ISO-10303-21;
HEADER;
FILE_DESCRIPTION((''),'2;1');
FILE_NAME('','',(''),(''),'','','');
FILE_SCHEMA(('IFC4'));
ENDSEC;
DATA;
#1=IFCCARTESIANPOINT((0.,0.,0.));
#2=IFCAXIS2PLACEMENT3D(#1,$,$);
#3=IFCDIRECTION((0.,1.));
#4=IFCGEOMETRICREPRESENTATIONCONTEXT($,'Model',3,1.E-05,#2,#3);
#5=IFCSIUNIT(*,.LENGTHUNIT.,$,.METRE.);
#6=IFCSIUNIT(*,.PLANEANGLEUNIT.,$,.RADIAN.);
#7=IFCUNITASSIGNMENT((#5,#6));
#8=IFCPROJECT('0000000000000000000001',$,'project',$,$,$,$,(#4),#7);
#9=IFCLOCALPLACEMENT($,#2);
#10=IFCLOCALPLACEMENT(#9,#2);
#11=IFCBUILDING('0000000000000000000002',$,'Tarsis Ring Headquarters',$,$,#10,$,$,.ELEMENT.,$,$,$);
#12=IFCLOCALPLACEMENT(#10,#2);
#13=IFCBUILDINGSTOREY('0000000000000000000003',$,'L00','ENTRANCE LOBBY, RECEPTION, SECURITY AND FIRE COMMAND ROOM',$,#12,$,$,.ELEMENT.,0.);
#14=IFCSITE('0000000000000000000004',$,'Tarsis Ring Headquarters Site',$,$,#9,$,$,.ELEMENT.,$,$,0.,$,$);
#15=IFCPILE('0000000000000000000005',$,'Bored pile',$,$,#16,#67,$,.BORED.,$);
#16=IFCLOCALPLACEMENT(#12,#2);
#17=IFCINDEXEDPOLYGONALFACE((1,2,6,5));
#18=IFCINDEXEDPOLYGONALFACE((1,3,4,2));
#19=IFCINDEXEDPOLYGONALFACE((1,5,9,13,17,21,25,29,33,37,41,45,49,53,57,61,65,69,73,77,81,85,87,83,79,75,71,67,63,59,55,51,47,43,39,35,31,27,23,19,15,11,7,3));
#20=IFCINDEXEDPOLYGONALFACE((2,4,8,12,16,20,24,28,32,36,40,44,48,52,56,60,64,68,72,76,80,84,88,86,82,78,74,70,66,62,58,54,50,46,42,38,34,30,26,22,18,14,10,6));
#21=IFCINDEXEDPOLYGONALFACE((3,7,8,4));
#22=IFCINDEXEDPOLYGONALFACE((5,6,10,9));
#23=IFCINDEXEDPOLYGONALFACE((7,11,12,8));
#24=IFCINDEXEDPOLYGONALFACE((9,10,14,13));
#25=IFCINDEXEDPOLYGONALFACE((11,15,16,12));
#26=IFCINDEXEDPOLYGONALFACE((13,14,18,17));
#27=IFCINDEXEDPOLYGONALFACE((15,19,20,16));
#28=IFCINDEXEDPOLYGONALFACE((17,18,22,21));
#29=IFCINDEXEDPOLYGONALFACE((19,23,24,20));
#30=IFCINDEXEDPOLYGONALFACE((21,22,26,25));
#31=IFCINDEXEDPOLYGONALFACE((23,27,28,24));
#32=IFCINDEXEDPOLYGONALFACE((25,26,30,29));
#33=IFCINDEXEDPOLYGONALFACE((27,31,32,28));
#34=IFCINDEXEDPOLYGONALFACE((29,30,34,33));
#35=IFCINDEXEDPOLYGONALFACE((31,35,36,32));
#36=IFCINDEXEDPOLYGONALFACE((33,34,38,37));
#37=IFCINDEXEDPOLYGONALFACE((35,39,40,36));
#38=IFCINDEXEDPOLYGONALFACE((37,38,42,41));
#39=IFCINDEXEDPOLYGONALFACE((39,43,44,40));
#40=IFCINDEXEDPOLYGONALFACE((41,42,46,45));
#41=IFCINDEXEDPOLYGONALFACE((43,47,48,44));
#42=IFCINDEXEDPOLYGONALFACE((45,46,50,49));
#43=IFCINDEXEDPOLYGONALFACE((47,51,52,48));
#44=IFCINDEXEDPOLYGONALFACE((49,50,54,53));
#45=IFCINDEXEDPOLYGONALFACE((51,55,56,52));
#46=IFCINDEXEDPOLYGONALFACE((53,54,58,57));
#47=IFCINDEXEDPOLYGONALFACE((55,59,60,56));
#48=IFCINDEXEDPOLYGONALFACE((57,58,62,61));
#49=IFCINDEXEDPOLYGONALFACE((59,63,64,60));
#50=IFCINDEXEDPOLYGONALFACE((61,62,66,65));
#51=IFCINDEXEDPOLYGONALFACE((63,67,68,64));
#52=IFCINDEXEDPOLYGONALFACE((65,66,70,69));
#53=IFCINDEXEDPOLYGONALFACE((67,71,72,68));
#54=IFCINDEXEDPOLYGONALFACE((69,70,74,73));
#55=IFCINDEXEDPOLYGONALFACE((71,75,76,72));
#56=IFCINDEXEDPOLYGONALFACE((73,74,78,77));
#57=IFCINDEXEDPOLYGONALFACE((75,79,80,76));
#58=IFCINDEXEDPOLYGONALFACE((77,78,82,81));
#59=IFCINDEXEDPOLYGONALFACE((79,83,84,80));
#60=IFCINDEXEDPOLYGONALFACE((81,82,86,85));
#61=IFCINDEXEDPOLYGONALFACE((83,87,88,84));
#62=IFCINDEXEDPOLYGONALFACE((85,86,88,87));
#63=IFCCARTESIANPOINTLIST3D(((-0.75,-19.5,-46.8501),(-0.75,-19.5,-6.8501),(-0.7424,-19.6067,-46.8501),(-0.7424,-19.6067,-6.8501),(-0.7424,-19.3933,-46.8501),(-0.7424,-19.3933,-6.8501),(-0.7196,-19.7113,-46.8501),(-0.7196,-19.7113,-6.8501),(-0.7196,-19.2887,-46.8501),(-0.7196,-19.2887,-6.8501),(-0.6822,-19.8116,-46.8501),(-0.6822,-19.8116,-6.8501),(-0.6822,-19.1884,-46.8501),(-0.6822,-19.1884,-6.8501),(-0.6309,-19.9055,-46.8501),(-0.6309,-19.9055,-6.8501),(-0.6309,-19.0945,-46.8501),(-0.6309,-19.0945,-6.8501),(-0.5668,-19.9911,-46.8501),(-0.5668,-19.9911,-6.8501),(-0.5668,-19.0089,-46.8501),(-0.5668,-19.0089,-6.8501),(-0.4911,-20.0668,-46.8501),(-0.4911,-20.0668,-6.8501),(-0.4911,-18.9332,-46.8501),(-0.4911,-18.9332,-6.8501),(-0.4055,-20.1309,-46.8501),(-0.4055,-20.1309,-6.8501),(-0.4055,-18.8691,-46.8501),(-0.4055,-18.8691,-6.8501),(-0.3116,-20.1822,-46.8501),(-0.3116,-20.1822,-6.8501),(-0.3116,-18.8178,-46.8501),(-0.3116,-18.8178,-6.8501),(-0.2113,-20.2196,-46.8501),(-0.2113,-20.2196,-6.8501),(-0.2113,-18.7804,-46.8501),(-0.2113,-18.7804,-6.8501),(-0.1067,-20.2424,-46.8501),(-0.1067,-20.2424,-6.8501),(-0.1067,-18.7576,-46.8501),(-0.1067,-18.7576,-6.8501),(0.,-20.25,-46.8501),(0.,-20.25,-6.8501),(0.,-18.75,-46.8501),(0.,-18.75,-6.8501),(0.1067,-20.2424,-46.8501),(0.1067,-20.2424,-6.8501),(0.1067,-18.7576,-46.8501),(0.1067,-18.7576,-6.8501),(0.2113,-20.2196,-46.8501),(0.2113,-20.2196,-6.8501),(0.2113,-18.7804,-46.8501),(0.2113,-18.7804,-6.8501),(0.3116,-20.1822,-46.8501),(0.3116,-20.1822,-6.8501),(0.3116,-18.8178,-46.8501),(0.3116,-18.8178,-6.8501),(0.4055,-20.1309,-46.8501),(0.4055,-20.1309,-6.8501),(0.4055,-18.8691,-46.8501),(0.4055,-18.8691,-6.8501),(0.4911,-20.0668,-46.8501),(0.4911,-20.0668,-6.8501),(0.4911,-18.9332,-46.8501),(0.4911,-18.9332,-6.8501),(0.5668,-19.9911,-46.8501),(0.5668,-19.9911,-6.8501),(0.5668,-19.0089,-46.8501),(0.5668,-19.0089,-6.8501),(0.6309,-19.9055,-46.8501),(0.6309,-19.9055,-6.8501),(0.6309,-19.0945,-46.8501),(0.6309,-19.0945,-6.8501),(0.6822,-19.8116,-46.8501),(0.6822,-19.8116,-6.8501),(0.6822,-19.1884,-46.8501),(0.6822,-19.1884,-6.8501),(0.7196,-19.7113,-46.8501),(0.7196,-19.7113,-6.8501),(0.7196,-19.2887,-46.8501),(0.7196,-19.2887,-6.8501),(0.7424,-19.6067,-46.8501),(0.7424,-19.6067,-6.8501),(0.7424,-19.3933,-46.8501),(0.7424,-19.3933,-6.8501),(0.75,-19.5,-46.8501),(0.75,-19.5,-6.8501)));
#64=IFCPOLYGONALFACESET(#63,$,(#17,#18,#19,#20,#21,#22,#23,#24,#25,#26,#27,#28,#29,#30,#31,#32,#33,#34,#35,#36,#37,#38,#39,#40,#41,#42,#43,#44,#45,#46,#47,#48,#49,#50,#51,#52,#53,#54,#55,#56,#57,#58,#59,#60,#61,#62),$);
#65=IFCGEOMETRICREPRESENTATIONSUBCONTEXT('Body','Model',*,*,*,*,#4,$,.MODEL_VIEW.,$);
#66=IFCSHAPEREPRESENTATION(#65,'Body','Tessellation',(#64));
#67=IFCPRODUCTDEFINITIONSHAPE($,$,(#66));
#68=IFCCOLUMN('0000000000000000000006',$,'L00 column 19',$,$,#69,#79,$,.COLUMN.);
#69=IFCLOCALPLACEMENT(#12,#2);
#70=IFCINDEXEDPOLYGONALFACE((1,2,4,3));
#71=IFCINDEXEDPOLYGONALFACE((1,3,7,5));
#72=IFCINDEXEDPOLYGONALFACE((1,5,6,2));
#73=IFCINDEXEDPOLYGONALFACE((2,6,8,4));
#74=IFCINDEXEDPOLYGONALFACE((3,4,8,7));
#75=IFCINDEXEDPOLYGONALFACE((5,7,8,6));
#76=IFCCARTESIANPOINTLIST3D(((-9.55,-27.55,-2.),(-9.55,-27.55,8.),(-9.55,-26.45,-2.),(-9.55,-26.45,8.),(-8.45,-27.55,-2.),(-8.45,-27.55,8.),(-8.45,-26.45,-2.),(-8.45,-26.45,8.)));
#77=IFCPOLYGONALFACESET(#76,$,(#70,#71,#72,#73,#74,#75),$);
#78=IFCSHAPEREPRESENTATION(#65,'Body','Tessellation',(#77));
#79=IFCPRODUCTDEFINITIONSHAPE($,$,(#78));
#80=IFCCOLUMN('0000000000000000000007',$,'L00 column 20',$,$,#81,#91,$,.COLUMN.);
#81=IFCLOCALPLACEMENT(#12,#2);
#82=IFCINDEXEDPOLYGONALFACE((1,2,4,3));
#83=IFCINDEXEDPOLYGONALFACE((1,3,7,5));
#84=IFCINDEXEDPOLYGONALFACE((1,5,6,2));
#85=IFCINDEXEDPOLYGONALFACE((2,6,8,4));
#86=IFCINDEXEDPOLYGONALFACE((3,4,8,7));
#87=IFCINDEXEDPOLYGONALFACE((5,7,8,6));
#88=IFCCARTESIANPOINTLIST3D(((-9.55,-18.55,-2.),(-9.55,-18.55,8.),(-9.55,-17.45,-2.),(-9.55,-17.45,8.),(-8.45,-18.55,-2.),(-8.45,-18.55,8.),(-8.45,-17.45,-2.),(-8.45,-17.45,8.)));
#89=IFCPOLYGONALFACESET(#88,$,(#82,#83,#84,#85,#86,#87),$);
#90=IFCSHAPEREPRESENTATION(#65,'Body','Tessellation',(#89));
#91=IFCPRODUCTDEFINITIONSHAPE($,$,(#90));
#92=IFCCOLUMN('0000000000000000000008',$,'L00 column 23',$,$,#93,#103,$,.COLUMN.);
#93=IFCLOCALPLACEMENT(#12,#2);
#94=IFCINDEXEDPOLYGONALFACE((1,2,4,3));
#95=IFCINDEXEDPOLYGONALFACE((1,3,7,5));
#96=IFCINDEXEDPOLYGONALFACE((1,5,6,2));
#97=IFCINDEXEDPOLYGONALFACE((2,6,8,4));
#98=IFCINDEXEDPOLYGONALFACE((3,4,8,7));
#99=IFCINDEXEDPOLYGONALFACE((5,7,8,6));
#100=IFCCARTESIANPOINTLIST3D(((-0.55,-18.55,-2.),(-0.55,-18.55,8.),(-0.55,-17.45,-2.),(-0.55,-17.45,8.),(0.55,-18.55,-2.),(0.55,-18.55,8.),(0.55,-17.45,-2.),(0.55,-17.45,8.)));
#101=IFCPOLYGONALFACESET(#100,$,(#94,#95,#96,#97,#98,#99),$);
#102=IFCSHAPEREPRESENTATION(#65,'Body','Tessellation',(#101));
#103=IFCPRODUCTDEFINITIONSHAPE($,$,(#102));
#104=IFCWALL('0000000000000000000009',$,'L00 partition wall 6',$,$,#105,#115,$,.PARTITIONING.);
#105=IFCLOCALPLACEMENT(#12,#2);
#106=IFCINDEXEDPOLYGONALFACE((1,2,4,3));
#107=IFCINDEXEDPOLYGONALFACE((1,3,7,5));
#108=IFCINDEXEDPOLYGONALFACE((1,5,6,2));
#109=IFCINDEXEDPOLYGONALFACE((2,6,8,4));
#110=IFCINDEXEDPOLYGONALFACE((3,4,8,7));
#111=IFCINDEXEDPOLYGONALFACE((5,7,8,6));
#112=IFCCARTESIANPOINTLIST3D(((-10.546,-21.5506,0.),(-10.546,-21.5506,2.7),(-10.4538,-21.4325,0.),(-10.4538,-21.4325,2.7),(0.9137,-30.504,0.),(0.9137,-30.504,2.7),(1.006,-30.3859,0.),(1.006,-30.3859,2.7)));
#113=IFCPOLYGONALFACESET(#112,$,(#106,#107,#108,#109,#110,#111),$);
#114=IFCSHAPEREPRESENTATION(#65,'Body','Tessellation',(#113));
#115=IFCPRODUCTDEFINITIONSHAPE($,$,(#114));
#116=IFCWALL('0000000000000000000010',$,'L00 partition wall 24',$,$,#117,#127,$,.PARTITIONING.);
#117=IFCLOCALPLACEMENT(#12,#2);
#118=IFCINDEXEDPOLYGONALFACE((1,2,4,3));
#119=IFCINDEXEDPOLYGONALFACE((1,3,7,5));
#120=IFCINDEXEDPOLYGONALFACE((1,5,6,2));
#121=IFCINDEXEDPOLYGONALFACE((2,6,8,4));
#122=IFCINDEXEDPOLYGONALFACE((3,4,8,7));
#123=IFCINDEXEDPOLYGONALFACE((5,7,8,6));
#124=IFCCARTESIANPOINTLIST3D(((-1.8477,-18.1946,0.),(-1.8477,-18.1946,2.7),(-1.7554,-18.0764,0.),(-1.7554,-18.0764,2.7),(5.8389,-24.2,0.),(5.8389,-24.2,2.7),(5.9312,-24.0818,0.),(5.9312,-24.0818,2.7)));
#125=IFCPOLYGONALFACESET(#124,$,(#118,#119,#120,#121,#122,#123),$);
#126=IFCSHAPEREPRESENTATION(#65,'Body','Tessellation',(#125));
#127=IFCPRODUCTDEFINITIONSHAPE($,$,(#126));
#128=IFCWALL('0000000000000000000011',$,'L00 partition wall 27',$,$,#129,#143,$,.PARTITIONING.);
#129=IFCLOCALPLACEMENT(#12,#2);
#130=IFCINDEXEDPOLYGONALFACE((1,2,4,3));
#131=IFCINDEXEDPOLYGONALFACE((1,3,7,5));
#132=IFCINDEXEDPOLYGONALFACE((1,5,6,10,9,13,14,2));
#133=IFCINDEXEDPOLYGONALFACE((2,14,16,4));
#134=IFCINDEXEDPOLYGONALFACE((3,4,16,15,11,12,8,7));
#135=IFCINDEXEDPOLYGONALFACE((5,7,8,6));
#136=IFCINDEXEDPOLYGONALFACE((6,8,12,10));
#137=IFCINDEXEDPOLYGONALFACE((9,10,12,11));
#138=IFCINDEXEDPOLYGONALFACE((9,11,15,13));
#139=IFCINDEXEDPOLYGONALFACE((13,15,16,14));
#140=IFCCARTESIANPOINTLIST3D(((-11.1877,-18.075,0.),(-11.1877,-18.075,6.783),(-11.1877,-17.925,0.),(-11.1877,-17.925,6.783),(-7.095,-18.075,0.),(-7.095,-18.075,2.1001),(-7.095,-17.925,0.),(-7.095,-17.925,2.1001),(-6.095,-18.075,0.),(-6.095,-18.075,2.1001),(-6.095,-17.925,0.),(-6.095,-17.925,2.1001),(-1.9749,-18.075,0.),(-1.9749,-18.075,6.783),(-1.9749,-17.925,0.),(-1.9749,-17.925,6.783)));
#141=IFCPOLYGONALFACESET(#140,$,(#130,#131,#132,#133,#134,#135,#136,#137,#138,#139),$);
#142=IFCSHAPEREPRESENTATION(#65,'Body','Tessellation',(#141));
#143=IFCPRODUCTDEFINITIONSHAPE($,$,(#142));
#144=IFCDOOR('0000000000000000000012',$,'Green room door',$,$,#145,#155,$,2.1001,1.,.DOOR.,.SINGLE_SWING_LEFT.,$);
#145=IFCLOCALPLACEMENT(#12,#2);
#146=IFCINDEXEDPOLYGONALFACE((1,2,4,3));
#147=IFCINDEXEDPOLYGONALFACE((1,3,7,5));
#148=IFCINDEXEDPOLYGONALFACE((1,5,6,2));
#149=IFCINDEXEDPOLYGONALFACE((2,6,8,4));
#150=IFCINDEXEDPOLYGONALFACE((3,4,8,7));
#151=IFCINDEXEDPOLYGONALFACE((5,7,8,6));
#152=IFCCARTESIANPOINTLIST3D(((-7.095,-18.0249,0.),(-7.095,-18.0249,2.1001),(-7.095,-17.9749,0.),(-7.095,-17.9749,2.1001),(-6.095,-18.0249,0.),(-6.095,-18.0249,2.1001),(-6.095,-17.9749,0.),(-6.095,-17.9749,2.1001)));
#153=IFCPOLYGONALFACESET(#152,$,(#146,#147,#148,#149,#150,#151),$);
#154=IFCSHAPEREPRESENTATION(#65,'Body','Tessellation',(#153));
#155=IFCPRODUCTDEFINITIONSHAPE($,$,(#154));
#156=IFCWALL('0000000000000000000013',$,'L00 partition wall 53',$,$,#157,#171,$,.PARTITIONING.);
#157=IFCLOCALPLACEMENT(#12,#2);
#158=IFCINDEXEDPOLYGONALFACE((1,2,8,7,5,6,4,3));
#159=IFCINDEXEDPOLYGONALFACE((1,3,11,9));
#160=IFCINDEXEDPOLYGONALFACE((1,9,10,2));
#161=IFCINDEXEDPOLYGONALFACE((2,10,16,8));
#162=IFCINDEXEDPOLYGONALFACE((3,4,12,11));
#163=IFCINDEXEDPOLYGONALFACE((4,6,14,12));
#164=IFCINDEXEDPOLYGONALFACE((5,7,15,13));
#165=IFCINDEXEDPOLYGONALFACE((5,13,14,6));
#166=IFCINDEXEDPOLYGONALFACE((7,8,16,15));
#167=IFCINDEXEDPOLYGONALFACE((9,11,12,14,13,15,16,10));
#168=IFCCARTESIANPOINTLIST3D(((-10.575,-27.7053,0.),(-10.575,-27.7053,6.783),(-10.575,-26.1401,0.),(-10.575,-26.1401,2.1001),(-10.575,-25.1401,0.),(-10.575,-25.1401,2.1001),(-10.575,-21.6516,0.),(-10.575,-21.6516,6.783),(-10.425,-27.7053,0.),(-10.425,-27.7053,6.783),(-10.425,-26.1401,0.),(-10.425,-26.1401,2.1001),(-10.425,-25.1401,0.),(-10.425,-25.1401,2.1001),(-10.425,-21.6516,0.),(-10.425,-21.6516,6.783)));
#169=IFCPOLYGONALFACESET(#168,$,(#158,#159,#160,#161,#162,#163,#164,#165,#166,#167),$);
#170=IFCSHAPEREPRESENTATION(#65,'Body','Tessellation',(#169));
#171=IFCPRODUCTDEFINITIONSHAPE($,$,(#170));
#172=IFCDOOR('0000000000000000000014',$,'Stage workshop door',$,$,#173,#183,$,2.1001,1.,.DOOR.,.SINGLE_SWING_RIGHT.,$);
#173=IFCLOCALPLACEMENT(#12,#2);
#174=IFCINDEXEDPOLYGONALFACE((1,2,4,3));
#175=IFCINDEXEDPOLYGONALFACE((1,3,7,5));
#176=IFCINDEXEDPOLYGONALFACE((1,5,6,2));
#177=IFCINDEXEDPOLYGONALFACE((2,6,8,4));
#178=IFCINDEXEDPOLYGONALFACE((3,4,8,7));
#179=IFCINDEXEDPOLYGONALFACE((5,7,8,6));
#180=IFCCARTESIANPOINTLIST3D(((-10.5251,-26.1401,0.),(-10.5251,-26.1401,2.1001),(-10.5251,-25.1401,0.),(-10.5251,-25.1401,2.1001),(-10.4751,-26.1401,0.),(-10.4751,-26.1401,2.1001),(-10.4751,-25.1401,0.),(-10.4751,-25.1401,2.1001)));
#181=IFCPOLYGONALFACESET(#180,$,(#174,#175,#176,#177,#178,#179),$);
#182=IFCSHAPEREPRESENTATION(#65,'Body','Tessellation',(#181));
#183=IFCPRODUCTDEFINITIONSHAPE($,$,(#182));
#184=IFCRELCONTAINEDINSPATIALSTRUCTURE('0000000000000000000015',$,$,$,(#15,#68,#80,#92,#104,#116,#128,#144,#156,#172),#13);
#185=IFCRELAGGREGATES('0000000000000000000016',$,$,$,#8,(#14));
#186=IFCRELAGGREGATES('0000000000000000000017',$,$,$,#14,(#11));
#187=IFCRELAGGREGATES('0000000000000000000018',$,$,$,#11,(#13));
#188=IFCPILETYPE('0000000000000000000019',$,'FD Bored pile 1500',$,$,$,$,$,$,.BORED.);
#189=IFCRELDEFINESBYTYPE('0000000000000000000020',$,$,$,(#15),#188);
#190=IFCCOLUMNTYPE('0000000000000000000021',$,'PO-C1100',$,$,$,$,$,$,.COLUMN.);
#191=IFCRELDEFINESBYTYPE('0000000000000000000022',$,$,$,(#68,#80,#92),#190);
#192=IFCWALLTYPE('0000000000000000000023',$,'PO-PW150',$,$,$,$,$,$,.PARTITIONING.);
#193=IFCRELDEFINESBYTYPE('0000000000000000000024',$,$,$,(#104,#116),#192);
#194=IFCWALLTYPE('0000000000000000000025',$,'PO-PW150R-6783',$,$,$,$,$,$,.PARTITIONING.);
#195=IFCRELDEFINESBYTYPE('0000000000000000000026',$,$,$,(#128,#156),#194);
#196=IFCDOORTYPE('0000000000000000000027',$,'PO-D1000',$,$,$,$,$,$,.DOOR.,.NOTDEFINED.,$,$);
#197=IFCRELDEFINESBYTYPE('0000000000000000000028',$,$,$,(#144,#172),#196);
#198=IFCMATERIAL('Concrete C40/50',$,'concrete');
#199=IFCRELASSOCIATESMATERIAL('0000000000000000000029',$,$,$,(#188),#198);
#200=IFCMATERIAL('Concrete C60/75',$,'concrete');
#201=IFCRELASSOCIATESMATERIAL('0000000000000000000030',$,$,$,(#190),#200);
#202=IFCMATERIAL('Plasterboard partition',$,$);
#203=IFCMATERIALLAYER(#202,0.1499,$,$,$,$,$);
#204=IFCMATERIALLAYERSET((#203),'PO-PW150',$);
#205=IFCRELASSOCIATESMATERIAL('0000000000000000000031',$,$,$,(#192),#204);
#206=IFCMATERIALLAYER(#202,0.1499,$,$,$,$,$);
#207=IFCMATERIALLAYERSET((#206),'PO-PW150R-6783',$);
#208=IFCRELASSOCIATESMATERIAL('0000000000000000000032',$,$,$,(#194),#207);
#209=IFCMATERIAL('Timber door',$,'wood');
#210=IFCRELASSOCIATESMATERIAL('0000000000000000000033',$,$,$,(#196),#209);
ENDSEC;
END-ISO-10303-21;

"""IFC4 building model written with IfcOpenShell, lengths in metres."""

from ifc_helpers import new_model, si_unit, direction, frame, frame_2d, origin, origin_2d, place, context, subcontext, project, spatial, rectangle, circle, extrude, material, layer, layer_set, material_profile, profile_set, type_object, element, fill, save


model = new_model("IFC4")

# Units and contexts
model_context = context("Model", 3, precision=1e-05, world=origin(), true_north=direction((0.0, 1.0)))
body_context = subcontext(model_context, "Body", "Model", "MODEL_VIEW")
ifc_project = project(units=[si_unit("LENGTHUNIT", "METRE"), si_unit("PLANEANGLEUNIT", "RADIAN")], contexts=[model_context])

# Site, building, storey
site_placement = place(None, origin())
site = spatial("IfcSite", under=ifc_project, at=site_placement, Name="Tarsis Ring Headquarters Site", CompositionType="ELEMENT", RefElevation=0.0)
building_placement = place(site_placement, origin())
building = spatial("IfcBuilding", under=site, at=building_placement, Name="Tarsis Ring Headquarters", CompositionType="ELEMENT")
storey_placement = place(building_placement, origin())
storey = spatial("IfcBuildingStorey", under=building, at=storey_placement, Name="L00", Description="ENTRANCE LOBBY, RECEPTION, SECURITY AND FIRE COMMAND ROOM", CompositionType="ELEMENT", Elevation=0.0)

# Pile
ifc_material_1 = material(Name="Concrete C40/50", Category="concrete")
ifc_material_profile_1 = material_profile(ifc_material_1, circle(Radius=0.75, at=origin_2d()), Name="BORED 1500")
ifc_profile_set_1 = profile_set([ifc_material_profile_1], Name="Concrete C40/50")
pile_type = type_object("IfcPileType", Name="FD Bored pile 1500", PredefinedType="BORED", material=ifc_profile_set_1)
for number, where, z_axis, x_axis, name in (
    (1, (0.0, -19.5, -6.8501), (0.0, 0.0, -1.0), (1.0, 0.0, 0.0), "Bored pile"),
):
    element("IfcPile", number, at=place(storey_placement, frame(where, z_axis=z_axis, x_axis=x_axis)), inside=storey, type_object=pile_type, Name=name, PredefinedType="BORED", context=body_context, shape_type="SweptSolid", body=[
        extrude(circle(Radius=0.75, at=origin_2d()), origin(), (0.0, 0.0, 1.0), 40.0),
    ])

# Columns
ifc_material_2 = material(Name="Concrete C60/75", Category="concrete")
ifc_material_profile_2 = material_profile(ifc_material_2, rectangle(XDim=1.1001, YDim=1.1001, at=origin_2d()), Name="PO-C1100")
ifc_profile_set_2 = profile_set([ifc_material_profile_2], Name="Concrete C60/75")
column_type = type_object("IfcColumnType", Name="PO-C1100", PredefinedType="COLUMN", material=ifc_profile_set_2)
for number, where, z_axis, x_axis, name in (
    (2, (-9.0, -27.0, -2.0), (0.0, 0.0, 1.0), (1.0, 0.0, 0.0), "L00 column 19"),
    (3, (-9.0, -18.0, -2.0), (0.0, 0.0, 1.0), (1.0, 0.0, 0.0), "L00 column 20"),
    (4, (0.0, -18.0, -2.0), (0.0, 0.0, 1.0), (1.0, 0.0, 0.0), "L00 column 23"),
):
    element("IfcColumn", number, at=place(storey_placement, frame(where, z_axis=z_axis, x_axis=x_axis)), inside=storey, type_object=column_type, Name=name, PredefinedType="COLUMN", context=body_context, shape_type="SweptSolid", body=[
        extrude(rectangle(XDim=1.1001, YDim=1.1001, at=origin_2d()), origin(), (0.0, 0.0, 1.0), 10.0),
    ])

# Walls
ifc_material_3 = material(Name="Plasterboard partition")
ifc_layer_1 = layer(ifc_material_3, 0.1499)
ifc_layer_set_1 = layer_set([ifc_layer_1], Name="PO-PW150")
wall_type_1 = type_object("IfcWallType", Name="PO-PW150", PredefinedType="PARTITIONING", material=ifc_layer_set_1)
wall_1_placement = place(storey_placement, frame((-10.5, -21.4915, 0.0), z_axis=(0.0, 0.0, 1.0), x_axis=(0.788009, -0.615664, 0.0)))
element("IfcWall", 5, at=wall_1_placement, inside=storey, type_object=wall_type_1, Name="L00 partition wall 6", PredefinedType="PARTITIONING", context=body_context, shape_type="SweptSolid", body=[
    extrude(rectangle(XDim=14.5427, YDim=0.1499, at=frame_2d((7.2715, 0.0))), origin(), (0.0, 0.0, 1.0), 2.7),
])
wall_2_placement = place(storey_placement, frame((-1.8015, -18.1355, 0.0), z_axis=(0.0, 0.0, 1.0), x_axis=(0.788011, -0.615662, 0.0)))
element("IfcWall", 6, at=wall_2_placement, inside=storey, type_object=wall_type_1, Name="L00 partition wall 24", PredefinedType="PARTITIONING", context=body_context, shape_type="SweptSolid", body=[
    extrude(rectangle(XDim=9.7544, YDim=0.1499, at=frame_2d((4.8772, 0.0))), origin(), (0.0, 0.0, 1.0), 2.7),
])

# Walls, openings, doors
ifc_layer_2 = layer(ifc_material_3, 0.1499)
ifc_layer_set_2 = layer_set([ifc_layer_2], Name="PO-PW150R-6783")
wall_type_2 = type_object("IfcWallType", Name="PO-PW150R-6783", PredefinedType="PARTITIONING", material=ifc_layer_set_2)
wall_3_placement = place(storey_placement, frame((-1.9749, -18.0, 0.0), z_axis=(0.0, 0.0, 1.0), x_axis=(-1.0, 0.0, 0.0)))
wall_3 = element("IfcWall", 7, at=wall_3_placement, inside=storey, type_object=wall_type_2, Name="L00 partition wall 27", PredefinedType="PARTITIONING", context=body_context, shape_type="SweptSolid", body=[
    extrude(rectangle(XDim=9.2129, YDim=0.1499, at=frame_2d((4.6064, 0.0))), origin(), (0.0, 0.0, 1.0), 6.783),
])
opening_1_placement = place(wall_3_placement, frame((4.1201, 0.0, 0.0)))
opening_1 = element("IfcOpeningElement", 8, at=opening_1_placement, cuts=wall_3, PredefinedType="OPENING", context=body_context, shape_type="SweptSolid", body=[
    extrude(rectangle(XDim=1.0, YDim=2.1001, at=frame_2d((0.5, 1.05))), frame((0.0, 0.085, 0.0), z_axis=(0.0, -1.0, 0.0), x_axis=(1.0, 0.0, 0.0)), (0.0, 0.0, 1.0), 0.1699),
])
ifc_material_4 = material(Name="Timber door", Category="wood")
door_type = type_object("IfcDoorType", Name="PO-D1000", OperationType="NOTDEFINED", PredefinedType="DOOR", material=ifc_material_4)
door_1_placement = place(opening_1_placement, origin())
door_1 = element("IfcDoor", 9, at=door_1_placement, inside=storey, type_object=door_type, Name="Green room door", OperationType="SINGLE_SWING_LEFT", OverallHeight=2.1001, OverallWidth=1.0, PredefinedType="DOOR", context=body_context, shape_type="SweptSolid", body=[
    extrude(rectangle(XDim=1.0, YDim=2.1001, at=frame_2d((0.5, 1.05))), frame((0.0, 0.0249, 0.0), z_axis=(0.0, -1.0, 0.0), x_axis=(1.0, 0.0, 0.0)), (0.0, 0.0, 1.0), 0.05),
])
fill(opening_1, door_1)
wall_4_placement = place(storey_placement, frame((-10.5, -21.6516, 0.0), z_axis=(0.0, 0.0, 1.0), x_axis=(0.0, -1.0, 0.0)))
wall_4 = element("IfcWall", 10, at=wall_4_placement, inside=storey, type_object=wall_type_2, Name="L00 partition wall 53", PredefinedType="PARTITIONING", context=body_context, shape_type="SweptSolid", body=[
    extrude(rectangle(XDim=6.0537, YDim=0.1499, at=frame_2d((3.0269, 0.0))), origin(), (0.0, 0.0, 1.0), 6.783),
])
opening_2_placement = place(wall_4_placement, frame((3.4885, 0.0, 0.0)))
opening_2 = element("IfcOpeningElement", 11, at=opening_2_placement, cuts=wall_4, PredefinedType="OPENING", context=body_context, shape_type="SweptSolid", body=[
    extrude(rectangle(XDim=1.0, YDim=2.1001, at=frame_2d((0.5, 1.05))), frame((0.0, 0.085, 0.0), z_axis=(0.0, -1.0, 0.0), x_axis=(1.0, 0.0, 0.0)), (0.0, 0.0, 1.0), 0.1699),
])
door_2_placement = place(opening_2_placement, origin())
door_2 = element("IfcDoor", 12, at=door_2_placement, inside=storey, type_object=door_type, Name="Stage workshop door", OperationType="SINGLE_SWING_RIGHT", OverallHeight=2.1001, OverallWidth=1.0, PredefinedType="DOOR", context=body_context, shape_type="SweptSolid", body=[
    extrude(rectangle(XDim=1.0, YDim=2.1001, at=frame_2d((0.5, 1.05))), frame((0.0, 0.0249, 0.0), z_axis=(0.0, -1.0, 0.0), x_axis=(1.0, 0.0, 0.0)), (0.0, 0.0, 1.0), 0.05),
])
fill(opening_2, door_2)

save(model, "model.ifc")
